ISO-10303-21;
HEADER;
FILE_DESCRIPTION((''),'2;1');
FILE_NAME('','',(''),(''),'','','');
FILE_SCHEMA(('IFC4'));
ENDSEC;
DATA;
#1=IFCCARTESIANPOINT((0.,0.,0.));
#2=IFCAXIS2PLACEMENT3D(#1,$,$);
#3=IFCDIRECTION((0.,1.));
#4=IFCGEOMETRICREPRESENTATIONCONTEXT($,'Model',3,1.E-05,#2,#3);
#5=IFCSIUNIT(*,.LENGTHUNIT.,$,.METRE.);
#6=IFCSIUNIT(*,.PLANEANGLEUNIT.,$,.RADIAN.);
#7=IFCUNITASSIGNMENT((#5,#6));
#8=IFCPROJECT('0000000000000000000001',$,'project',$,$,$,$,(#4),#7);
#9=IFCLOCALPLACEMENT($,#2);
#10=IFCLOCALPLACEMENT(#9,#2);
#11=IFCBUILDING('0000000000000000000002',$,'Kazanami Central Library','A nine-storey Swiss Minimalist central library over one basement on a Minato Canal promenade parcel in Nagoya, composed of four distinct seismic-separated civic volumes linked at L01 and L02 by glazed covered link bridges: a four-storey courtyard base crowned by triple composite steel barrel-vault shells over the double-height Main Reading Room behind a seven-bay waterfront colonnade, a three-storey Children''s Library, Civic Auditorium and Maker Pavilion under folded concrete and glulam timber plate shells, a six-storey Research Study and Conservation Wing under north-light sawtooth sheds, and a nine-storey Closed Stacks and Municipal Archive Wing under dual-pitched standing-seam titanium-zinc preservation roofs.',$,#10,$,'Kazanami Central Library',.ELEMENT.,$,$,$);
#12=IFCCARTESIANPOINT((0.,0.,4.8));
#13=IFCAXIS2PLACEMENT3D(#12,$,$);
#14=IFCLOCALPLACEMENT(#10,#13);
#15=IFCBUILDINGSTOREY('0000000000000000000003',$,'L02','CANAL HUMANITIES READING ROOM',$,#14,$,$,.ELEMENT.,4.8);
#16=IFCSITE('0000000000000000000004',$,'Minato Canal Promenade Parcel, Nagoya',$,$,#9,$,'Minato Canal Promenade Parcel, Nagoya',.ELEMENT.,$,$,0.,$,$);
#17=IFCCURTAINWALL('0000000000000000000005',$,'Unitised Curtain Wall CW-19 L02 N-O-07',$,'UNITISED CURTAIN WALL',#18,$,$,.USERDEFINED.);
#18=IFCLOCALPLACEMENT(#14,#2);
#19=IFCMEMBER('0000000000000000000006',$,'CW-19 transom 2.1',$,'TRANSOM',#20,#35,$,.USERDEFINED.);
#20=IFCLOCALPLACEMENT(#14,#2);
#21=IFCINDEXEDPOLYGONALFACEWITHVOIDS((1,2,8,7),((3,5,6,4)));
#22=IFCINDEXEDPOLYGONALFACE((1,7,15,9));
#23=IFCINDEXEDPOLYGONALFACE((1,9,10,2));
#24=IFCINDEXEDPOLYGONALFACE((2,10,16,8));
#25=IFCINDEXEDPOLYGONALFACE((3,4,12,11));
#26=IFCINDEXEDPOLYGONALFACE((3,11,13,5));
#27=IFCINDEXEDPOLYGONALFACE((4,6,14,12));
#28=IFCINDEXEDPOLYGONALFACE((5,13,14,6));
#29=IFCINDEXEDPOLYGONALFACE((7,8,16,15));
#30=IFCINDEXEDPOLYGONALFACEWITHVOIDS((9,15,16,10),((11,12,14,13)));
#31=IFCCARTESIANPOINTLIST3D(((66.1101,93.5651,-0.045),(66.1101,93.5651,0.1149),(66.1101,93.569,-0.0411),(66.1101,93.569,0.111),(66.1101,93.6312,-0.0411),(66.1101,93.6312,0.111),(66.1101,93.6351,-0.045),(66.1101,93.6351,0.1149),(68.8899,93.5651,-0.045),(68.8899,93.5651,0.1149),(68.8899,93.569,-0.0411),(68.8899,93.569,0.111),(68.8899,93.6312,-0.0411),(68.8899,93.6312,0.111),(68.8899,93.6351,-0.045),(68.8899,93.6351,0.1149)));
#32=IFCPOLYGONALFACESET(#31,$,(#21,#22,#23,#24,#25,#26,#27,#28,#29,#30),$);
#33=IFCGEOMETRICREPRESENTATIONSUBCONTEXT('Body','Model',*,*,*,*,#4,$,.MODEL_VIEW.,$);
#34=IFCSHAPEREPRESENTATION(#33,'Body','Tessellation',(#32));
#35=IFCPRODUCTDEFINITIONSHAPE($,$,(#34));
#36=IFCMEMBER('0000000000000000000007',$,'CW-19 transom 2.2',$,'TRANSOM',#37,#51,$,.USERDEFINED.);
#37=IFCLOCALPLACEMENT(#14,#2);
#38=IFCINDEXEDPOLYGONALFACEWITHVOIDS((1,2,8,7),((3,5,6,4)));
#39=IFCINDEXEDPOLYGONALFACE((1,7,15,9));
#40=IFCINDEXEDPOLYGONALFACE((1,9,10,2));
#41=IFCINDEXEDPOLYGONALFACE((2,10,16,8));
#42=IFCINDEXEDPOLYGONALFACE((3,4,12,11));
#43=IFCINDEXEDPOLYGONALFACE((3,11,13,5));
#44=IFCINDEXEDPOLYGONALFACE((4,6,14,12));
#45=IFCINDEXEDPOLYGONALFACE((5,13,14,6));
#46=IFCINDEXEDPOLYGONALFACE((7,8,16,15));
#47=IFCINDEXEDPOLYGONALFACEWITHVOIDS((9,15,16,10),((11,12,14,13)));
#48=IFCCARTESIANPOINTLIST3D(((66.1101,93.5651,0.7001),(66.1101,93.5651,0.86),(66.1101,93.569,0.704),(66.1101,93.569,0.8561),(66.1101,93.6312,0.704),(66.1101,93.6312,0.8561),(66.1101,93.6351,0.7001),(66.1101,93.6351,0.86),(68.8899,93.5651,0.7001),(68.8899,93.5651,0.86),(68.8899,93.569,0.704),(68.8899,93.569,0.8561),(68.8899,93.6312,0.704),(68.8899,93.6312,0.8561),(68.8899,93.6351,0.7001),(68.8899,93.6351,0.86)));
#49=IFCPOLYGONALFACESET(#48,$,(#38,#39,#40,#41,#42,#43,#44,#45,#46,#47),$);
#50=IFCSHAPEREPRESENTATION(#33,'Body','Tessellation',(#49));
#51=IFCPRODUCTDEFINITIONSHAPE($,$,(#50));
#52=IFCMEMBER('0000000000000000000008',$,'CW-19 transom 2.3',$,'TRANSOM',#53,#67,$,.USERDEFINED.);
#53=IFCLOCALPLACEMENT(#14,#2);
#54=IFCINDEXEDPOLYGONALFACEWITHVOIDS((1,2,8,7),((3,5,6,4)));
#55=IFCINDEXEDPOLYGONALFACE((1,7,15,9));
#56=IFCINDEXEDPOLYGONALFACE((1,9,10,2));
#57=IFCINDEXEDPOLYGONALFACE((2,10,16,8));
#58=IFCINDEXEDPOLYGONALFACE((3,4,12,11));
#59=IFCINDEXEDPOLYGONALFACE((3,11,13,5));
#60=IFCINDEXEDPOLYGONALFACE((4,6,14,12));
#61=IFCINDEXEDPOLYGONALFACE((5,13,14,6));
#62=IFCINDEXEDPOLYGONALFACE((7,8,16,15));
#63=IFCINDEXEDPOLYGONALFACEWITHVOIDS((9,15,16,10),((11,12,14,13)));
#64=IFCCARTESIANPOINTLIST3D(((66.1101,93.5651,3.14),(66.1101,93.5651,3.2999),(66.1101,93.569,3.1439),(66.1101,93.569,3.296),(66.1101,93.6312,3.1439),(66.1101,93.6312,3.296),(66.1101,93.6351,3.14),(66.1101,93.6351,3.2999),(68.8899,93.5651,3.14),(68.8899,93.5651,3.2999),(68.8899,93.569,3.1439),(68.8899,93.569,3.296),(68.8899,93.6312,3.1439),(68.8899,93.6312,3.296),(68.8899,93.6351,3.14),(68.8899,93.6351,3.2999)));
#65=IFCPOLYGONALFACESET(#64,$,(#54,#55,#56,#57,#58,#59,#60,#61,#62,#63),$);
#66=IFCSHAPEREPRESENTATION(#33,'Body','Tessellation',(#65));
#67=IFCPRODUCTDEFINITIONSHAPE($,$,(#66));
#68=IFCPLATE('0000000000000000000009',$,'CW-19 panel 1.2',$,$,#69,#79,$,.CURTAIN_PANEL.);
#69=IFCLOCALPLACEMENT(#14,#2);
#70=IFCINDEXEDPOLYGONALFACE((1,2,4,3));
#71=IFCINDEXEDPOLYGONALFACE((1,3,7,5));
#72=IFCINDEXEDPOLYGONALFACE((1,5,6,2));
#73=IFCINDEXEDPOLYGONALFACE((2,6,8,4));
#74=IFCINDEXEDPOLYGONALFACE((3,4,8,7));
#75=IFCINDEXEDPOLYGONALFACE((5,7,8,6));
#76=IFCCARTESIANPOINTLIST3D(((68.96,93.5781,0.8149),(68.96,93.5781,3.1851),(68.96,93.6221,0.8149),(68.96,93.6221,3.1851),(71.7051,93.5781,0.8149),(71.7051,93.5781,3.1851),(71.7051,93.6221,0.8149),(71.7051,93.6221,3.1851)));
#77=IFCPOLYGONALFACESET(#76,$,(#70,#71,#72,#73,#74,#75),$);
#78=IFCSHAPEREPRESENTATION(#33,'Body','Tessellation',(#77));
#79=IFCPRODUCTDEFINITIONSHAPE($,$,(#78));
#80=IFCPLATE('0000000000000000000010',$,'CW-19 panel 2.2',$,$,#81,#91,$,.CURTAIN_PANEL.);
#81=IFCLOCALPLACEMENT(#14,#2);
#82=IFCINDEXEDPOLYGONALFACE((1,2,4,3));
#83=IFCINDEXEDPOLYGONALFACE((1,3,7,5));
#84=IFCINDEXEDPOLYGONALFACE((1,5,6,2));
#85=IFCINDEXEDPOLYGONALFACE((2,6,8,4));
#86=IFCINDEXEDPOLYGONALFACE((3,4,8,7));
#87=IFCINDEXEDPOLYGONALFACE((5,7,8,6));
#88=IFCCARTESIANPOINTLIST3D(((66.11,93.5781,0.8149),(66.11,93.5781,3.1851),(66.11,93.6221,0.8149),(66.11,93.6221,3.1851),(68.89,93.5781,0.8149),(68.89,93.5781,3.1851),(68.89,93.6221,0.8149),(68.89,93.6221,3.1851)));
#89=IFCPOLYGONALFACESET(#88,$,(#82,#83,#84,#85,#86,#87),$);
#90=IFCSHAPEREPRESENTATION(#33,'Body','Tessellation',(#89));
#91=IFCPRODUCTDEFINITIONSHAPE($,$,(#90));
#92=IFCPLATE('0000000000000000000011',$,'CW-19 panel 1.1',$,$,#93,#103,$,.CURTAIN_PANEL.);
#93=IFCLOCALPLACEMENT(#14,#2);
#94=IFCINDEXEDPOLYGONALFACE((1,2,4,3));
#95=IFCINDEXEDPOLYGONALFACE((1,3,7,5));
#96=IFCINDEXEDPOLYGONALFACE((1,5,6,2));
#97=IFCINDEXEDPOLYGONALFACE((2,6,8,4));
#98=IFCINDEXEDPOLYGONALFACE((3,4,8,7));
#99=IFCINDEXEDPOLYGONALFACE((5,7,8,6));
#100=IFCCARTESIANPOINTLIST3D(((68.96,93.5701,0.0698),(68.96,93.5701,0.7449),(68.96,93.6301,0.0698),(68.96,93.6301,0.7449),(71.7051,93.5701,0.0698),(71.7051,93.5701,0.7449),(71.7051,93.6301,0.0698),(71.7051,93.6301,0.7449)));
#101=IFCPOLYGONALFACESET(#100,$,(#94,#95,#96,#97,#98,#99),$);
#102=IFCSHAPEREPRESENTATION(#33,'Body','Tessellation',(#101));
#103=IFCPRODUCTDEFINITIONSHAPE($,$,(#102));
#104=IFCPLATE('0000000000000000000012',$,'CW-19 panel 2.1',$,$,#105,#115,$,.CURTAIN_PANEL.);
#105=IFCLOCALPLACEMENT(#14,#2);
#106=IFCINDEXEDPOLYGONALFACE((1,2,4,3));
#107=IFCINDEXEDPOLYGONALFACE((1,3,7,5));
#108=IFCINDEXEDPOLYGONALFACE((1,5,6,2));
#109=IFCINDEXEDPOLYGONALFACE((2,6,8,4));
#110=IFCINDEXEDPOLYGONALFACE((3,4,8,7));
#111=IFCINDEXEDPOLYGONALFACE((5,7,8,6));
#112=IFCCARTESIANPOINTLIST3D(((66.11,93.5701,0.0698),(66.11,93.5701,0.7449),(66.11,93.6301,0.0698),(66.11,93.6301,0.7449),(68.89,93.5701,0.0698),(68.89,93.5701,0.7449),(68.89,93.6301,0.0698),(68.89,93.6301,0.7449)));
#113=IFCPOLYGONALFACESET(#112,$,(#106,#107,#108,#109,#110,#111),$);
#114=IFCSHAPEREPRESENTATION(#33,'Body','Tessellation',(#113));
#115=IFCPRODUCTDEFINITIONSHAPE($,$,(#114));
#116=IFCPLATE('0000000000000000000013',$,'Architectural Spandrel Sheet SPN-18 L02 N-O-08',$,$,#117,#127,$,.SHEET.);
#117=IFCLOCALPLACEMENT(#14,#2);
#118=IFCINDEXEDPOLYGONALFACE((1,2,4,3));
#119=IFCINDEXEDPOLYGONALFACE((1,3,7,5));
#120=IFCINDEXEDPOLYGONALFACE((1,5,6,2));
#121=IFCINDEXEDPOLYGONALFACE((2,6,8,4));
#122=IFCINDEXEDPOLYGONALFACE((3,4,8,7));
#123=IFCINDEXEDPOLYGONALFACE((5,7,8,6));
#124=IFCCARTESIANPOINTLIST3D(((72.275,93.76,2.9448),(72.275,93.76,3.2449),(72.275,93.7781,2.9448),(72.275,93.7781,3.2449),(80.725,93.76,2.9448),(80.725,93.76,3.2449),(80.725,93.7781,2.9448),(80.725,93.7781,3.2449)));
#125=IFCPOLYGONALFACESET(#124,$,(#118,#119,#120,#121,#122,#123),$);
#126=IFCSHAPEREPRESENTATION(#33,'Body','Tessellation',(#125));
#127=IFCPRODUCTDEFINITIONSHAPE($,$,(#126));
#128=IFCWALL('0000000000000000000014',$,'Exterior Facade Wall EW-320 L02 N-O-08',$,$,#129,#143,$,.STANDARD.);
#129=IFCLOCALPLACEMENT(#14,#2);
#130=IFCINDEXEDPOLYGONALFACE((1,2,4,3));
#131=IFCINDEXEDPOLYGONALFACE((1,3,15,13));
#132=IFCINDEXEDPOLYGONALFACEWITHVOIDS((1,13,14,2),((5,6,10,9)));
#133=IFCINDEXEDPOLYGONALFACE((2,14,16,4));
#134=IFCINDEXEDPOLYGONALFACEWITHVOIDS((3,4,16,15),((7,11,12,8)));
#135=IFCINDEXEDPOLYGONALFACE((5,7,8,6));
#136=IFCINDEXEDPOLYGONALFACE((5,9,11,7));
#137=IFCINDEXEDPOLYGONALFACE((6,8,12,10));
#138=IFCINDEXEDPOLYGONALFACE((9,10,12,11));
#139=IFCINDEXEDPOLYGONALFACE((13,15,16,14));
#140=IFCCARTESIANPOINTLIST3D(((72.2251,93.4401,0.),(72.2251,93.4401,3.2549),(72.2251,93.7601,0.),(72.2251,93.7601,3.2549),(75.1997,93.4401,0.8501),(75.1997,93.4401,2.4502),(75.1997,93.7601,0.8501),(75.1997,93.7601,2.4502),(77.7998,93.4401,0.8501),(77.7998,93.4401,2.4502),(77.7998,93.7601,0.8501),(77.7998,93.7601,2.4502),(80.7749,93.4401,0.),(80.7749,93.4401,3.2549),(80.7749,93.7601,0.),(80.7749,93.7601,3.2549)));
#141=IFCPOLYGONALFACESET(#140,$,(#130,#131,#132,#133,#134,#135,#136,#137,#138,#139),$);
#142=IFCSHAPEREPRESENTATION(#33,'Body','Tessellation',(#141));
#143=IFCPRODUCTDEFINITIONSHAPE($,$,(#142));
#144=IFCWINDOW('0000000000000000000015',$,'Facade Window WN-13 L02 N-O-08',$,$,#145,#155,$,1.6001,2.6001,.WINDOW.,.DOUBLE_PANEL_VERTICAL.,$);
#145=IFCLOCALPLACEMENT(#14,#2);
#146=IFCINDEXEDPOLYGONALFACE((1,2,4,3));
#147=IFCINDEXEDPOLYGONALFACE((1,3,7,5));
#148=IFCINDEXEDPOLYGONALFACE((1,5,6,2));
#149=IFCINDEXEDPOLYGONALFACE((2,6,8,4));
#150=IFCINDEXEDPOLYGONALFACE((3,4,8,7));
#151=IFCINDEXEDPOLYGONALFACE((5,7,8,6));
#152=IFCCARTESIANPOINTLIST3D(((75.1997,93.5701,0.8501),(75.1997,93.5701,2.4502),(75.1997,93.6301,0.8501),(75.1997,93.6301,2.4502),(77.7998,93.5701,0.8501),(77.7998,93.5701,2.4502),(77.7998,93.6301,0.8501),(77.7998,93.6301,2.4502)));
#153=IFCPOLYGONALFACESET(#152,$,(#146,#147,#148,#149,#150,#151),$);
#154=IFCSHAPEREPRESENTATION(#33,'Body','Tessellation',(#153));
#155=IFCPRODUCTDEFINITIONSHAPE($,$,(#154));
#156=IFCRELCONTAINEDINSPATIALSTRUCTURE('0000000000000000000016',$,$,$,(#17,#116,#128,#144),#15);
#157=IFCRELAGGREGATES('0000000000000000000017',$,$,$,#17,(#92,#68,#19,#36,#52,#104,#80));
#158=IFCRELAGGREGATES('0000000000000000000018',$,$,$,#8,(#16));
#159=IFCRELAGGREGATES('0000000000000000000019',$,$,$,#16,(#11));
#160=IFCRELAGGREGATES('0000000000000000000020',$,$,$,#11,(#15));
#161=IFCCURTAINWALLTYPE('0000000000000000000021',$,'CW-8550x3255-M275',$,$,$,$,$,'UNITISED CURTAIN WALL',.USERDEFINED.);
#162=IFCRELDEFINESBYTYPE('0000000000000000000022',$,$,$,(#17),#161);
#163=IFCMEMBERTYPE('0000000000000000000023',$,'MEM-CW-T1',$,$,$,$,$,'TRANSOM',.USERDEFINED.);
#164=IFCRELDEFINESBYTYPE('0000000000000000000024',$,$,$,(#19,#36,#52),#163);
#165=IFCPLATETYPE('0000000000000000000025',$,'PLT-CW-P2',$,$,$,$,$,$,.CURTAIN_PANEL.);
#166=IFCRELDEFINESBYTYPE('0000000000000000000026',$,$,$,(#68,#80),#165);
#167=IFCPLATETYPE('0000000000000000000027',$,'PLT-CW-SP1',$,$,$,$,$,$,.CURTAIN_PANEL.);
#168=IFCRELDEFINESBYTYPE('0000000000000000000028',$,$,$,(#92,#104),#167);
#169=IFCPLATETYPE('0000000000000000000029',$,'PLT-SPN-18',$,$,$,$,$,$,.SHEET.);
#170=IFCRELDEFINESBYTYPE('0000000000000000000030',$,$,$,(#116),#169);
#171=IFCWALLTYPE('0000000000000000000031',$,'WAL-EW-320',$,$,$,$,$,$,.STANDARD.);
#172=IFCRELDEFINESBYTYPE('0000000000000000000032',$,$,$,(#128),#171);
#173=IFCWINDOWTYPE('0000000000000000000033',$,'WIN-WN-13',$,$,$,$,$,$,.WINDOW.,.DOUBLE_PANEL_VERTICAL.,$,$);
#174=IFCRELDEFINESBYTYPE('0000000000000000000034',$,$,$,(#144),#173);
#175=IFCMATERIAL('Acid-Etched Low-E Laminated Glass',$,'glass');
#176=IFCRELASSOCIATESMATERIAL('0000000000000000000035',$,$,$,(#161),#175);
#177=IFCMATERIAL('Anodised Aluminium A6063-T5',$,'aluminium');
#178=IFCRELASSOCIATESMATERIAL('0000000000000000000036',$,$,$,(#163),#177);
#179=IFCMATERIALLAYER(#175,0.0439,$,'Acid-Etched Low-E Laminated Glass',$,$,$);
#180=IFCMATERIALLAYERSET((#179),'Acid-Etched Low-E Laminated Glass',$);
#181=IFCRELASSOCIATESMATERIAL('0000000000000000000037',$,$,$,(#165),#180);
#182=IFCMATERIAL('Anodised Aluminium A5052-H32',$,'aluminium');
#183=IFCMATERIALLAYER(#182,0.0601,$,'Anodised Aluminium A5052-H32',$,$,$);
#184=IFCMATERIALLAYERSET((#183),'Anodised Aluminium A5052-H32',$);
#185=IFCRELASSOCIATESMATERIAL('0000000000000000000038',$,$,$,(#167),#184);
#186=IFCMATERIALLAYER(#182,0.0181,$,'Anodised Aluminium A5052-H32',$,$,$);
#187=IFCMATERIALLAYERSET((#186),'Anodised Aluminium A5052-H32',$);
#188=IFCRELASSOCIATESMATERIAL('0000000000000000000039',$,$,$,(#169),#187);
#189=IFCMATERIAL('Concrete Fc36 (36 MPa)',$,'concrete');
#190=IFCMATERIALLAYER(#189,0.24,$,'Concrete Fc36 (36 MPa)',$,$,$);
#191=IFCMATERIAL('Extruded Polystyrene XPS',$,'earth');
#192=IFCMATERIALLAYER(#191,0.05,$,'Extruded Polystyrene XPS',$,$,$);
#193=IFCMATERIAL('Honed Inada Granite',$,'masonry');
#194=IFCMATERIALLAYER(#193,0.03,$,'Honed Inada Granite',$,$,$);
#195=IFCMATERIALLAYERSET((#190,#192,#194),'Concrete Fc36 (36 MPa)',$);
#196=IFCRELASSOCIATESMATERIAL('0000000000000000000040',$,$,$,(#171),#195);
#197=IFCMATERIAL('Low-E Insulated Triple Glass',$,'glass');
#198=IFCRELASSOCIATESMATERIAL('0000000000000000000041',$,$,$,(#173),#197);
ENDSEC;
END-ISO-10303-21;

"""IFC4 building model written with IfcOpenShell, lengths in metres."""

from ifc_helpers import new_model, si_unit, direction, frame, frame_2d, origin, origin_2d, place, context, subcontext, project, spatial, rectangle, hollow_rectangle, extrude, material, layer, layer_set, material_profile, profile_set, type_object, element, fill, aggregate, save


model = new_model("IFC4")

# Units and contexts
model_context = context("Model", 3, precision=1e-05, world=origin(), true_north=direction((0.0, 1.0)))
body_context = subcontext(model_context, "Body", "Model", "MODEL_VIEW")
ifc_project = project(units=[si_unit("LENGTHUNIT", "METRE"), si_unit("PLANEANGLEUNIT", "RADIAN")], contexts=[model_context])

# Site, building, storey
site_placement = place(None, origin())
site = spatial("IfcSite", under=ifc_project, at=site_placement, Name="Minato Canal Promenade Parcel, Nagoya", LongName="Minato Canal Promenade Parcel, Nagoya", CompositionType="ELEMENT", RefElevation=0.0)
building_placement = place(site_placement, origin())
building = spatial("IfcBuilding", under=site, at=building_placement, Name="Kazanami Central Library", Description="A nine-storey Swiss Minimalist central library over one basement on a Minato Canal promenade parcel in Nagoya, composed of four distinct seismic-separated civic volumes linked at L01 and L02 by glazed covered link bridges: a four-storey courtyard base crowned by triple composite steel barrel-vault shells over the double-height Main Reading Room behind a seven-bay waterfront colonnade, a three-storey Children's Library, Civic Auditorium and Maker Pavilion under folded concrete and glulam timber plate shells, a six-storey Research Study and Conservation Wing under north-light sawtooth sheds, and a nine-storey Closed Stacks and Municipal Archive Wing under dual-pitched standing-seam titanium-zinc preservation roofs.", LongName="Kazanami Central Library", CompositionType="ELEMENT")
storey_placement = place(building_placement, frame((0.0, 0.0, 4.8)))
storey = spatial("IfcBuildingStorey", under=building, at=storey_placement, Name="L02", Description="CANAL HUMANITIES READING ROOM", CompositionType="ELEMENT", Elevation=4.8)

# Curtain wall, members, plates
ifc_material_1 = material(Name="Acid-Etched Low-E Laminated Glass", Category="glass")
curtain_wall_type = type_object("IfcCurtainWallType", Name="CW-8550x3255-M275", ElementType="UNITISED CURTAIN WALL", PredefinedType="USERDEFINED", material=ifc_material_1)
curtain_wall_placement = place(storey_placement, origin())
curtain_wall = element("IfcCurtainWall", 1, at=curtain_wall_placement, inside=storey, type_object=curtain_wall_type, Name="Unitised Curtain Wall CW-19 L02 N-O-07", ObjectType="UNITISED CURTAIN WALL", PredefinedType="USERDEFINED")
ifc_material_2 = material(Name="Anodised Aluminium A6063-T5", Category="aluminium")
ifc_material_profile_1 = material_profile(ifc_material_2, hollow_rectangle(XDim=0.0701, YDim=0.1599, WallThickness=0.0039, at=origin_2d()), Name="ALU-TRAN-70x160x4")
ifc_profile_set_1 = profile_set([ifc_material_profile_1], Name="Anodised Aluminium A6063-T5")
member_type_1 = type_object("IfcMemberType", Name="MEM-CW-T1", ElementType="TRANSOM", PredefinedType="USERDEFINED", material=ifc_profile_set_1)
member_1_placement = place(storey_placement, frame((68.8899, 93.6001, 0.0349), z_axis=(-1.0, 0.0, 0.0), x_axis=(0.0, -1.0, 0.0)))
member_1 = element("IfcMember", 2, at=member_1_placement, type_object=member_type_1, Name="CW-19 transom 2.1", ObjectType="TRANSOM", PredefinedType="USERDEFINED", context=body_context, shape_type="SweptSolid", body=[
    extrude(hollow_rectangle(XDim=0.0701, YDim=0.1599, WallThickness=0.0039, at=origin_2d()), origin(), (0.0, 0.0, 1.0), 2.7798),
])
member_2_placement = place(storey_placement, frame((68.8899, 93.6001, 0.78), z_axis=(-1.0, 0.0, 0.0), x_axis=(0.0, -1.0, 0.0)))
member_2 = element("IfcMember", 3, at=member_2_placement, type_object=member_type_1, Name="CW-19 transom 2.2", ObjectType="TRANSOM", PredefinedType="USERDEFINED", context=body_context, shape_type="SweptSolid", body=[
    extrude(hollow_rectangle(XDim=0.0701, YDim=0.1599, WallThickness=0.0039, at=origin_2d()), origin(), (0.0, 0.0, 1.0), 2.7798),
])
member_3_placement = place(storey_placement, frame((68.8899, 93.6001, 3.22), z_axis=(-1.0, 0.0, 0.0), x_axis=(0.0, -1.0, 0.0)))
member_3 = element("IfcMember", 4, at=member_3_placement, type_object=member_type_1, Name="CW-19 transom 2.3", ObjectType="TRANSOM", PredefinedType="USERDEFINED", context=body_context, shape_type="SweptSolid", body=[
    extrude(hollow_rectangle(XDim=0.0701, YDim=0.1599, WallThickness=0.0039, at=origin_2d()), origin(), (0.0, 0.0, 1.0), 2.7798),
])
ifc_layer_1 = layer(ifc_material_1, 0.0439, Name="Acid-Etched Low-E Laminated Glass")
ifc_layer_set_1 = layer_set([ifc_layer_1], Name="Acid-Etched Low-E Laminated Glass")
plate_type_1 = type_object("IfcPlateType", Name="PLT-CW-P2", PredefinedType="CURTAIN_PANEL", material=ifc_layer_set_1)
plate_1_placement = place(storey_placement, frame((70.3325, 93.6001, 0.8149), z_axis=(0.0, 0.0, 1.0), x_axis=(-1.0, 0.0, 0.0)))
plate_1 = element("IfcPlate", 5, at=plate_1_placement, type_object=plate_type_1, Name="CW-19 panel 1.2", PredefinedType="CURTAIN_PANEL", context=body_context, shape_type="SweptSolid", body=[
    extrude(rectangle(XDim=2.7451, YDim=0.0439, at=origin_2d()), origin(), (0.0, 0.0, 1.0), 2.3701),
])
plate_2_placement = place(storey_placement, frame((67.5, 93.6001, 0.8149), z_axis=(0.0, 0.0, 1.0), x_axis=(-1.0, 0.0, 0.0)))
plate_2 = element("IfcPlate", 6, at=plate_2_placement, type_object=plate_type_1, Name="CW-19 panel 2.2", PredefinedType="CURTAIN_PANEL", context=body_context, shape_type="SweptSolid", body=[
    extrude(rectangle(XDim=2.78, YDim=0.0439, at=origin_2d()), origin(), (0.0, 0.0, 1.0), 2.3701),
])
ifc_material_3 = material(Name="Anodised Aluminium A5052-H32", Category="aluminium")
ifc_layer_2 = layer(ifc_material_3, 0.0601, Name="Anodised Aluminium A5052-H32")
ifc_layer_set_2 = layer_set([ifc_layer_2], Name="Anodised Aluminium A5052-H32")
plate_type_2 = type_object("IfcPlateType", Name="PLT-CW-SP1", PredefinedType="CURTAIN_PANEL", material=ifc_layer_set_2)
plate_3_placement = place(storey_placement, frame((70.3325, 93.6001, 0.0698), z_axis=(0.0, 0.0, 1.0), x_axis=(-1.0, 0.0, 0.0)))
plate_3 = element("IfcPlate", 7, at=plate_3_placement, type_object=plate_type_2, Name="CW-19 panel 1.1", PredefinedType="CURTAIN_PANEL", context=body_context, shape_type="SweptSolid", body=[
    extrude(rectangle(XDim=2.7451, YDim=0.0601, at=origin_2d()), origin(), (0.0, 0.0, 1.0), 0.675),
])
plate_4_placement = place(storey_placement, frame((67.5, 93.6001, 0.0698), z_axis=(0.0, 0.0, 1.0), x_axis=(-1.0, 0.0, 0.0)))
plate_4 = element("IfcPlate", 8, at=plate_4_placement, type_object=plate_type_2, Name="CW-19 panel 2.1", PredefinedType="CURTAIN_PANEL", context=body_context, shape_type="SweptSolid", body=[
    extrude(rectangle(XDim=2.78, YDim=0.0601, at=origin_2d()), origin(), (0.0, 0.0, 1.0), 0.675),
])
aggregate(curtain_wall, [plate_3, plate_1, member_1, member_2, member_3, plate_4, plate_2])

# Plate
ifc_layer_3 = layer(ifc_material_3, 0.0181, Name="Anodised Aluminium A5052-H32")
ifc_layer_set_3 = layer_set([ifc_layer_3], Name="Anodised Aluminium A5052-H32")
plate_type_3 = type_object("IfcPlateType", Name="PLT-SPN-18", PredefinedType="SHEET", material=ifc_layer_set_3)
plate_5_placement = place(storey_placement, frame((76.5, 93.769, 2.9448), z_axis=(0.0, 0.0, 1.0), x_axis=(-1.0, 0.0, 0.0)))
element("IfcPlate", 9, at=plate_5_placement, inside=storey, type_object=plate_type_3, Name="Architectural Spandrel Sheet SPN-18 L02 N-O-08", PredefinedType="SHEET", context=body_context, shape_type="SweptSolid", body=[
    extrude(rectangle(XDim=8.45, YDim=0.0181, at=origin_2d()), origin(), (0.0, 0.0, 1.0), 0.3),
])

# Wall, opening, window
ifc_material_4 = material(Name="Concrete Fc36 (36 MPa)", Category="concrete")
ifc_layer_4 = layer(ifc_material_4, 0.24, Name="Concrete Fc36 (36 MPa)")
ifc_material_5 = material(Name="Extruded Polystyrene XPS", Category="earth")
ifc_layer_5 = layer(ifc_material_5, 0.05, Name="Extruded Polystyrene XPS")
ifc_material_6 = material(Name="Honed Inada Granite", Category="masonry")
ifc_layer_6 = layer(ifc_material_6, 0.03, Name="Honed Inada Granite")
ifc_layer_set_4 = layer_set([ifc_layer_4, ifc_layer_5, ifc_layer_6], Name="Concrete Fc36 (36 MPa)")
wall_type = type_object("IfcWallType", Name="WAL-EW-320", PredefinedType="STANDARD", material=ifc_layer_set_4)
wall_placement = place(storey_placement, frame((80.7749, 93.6001, 0.0), z_axis=(0.0, 0.0, 1.0), x_axis=(-1.0, 0.0, 0.0)))
wall = element("IfcWall", 10, at=wall_placement, inside=storey, type_object=wall_type, Name="Exterior Facade Wall EW-320 L02 N-O-08", PredefinedType="STANDARD", context=body_context, shape_type="SweptSolid", body=[
    extrude(rectangle(XDim=8.5498, YDim=0.3201, at=frame_2d((4.2749, 0.0))), origin(), (0.0, 0.0, 1.0), 3.2549),
])
opening_placement = place(wall_placement, frame((2.9751, 0.0, 0.8501)))
opening = element("IfcOpeningElement", 11, at=opening_placement, cuts=wall, PredefinedType="OPENING", context=body_context, shape_type="SweptSolid", body=[
    extrude(rectangle(XDim=2.6001, YDim=1.6001, at=frame_2d((1.3, 0.8))), frame((0.0, 0.1719, 0.0), z_axis=(0.0, -1.0, 0.0), x_axis=(1.0, 0.0, 0.0)), (0.0, 0.0, 1.0), 0.344),
])
ifc_material_7 = material(Name="Low-E Insulated Triple Glass", Category="glass")
window_type = type_object("IfcWindowType", Name="WIN-WN-13", PartitioningType="DOUBLE_PANEL_VERTICAL", PredefinedType="WINDOW", material=ifc_material_7)
window_placement = place(opening_placement, origin())
window = element("IfcWindow", 12, at=window_placement, inside=storey, type_object=window_type, Name="Facade Window WN-13 L02 N-O-08", OverallHeight=1.6001, OverallWidth=2.6001, PartitioningType="DOUBLE_PANEL_VERTICAL", PredefinedType="WINDOW", context=body_context, shape_type="SweptSolid", body=[
    extrude(rectangle(XDim=2.6001, YDim=1.6001, at=frame_2d((1.3, 0.8))), frame((0.0, 0.03, 0.0), z_axis=(0.0, -1.0, 0.0), x_axis=(1.0, 0.0, 0.0)), (0.0, 0.0, 1.0), 0.0601),
])
fill(opening, window)

save(model, "model.ifc")
